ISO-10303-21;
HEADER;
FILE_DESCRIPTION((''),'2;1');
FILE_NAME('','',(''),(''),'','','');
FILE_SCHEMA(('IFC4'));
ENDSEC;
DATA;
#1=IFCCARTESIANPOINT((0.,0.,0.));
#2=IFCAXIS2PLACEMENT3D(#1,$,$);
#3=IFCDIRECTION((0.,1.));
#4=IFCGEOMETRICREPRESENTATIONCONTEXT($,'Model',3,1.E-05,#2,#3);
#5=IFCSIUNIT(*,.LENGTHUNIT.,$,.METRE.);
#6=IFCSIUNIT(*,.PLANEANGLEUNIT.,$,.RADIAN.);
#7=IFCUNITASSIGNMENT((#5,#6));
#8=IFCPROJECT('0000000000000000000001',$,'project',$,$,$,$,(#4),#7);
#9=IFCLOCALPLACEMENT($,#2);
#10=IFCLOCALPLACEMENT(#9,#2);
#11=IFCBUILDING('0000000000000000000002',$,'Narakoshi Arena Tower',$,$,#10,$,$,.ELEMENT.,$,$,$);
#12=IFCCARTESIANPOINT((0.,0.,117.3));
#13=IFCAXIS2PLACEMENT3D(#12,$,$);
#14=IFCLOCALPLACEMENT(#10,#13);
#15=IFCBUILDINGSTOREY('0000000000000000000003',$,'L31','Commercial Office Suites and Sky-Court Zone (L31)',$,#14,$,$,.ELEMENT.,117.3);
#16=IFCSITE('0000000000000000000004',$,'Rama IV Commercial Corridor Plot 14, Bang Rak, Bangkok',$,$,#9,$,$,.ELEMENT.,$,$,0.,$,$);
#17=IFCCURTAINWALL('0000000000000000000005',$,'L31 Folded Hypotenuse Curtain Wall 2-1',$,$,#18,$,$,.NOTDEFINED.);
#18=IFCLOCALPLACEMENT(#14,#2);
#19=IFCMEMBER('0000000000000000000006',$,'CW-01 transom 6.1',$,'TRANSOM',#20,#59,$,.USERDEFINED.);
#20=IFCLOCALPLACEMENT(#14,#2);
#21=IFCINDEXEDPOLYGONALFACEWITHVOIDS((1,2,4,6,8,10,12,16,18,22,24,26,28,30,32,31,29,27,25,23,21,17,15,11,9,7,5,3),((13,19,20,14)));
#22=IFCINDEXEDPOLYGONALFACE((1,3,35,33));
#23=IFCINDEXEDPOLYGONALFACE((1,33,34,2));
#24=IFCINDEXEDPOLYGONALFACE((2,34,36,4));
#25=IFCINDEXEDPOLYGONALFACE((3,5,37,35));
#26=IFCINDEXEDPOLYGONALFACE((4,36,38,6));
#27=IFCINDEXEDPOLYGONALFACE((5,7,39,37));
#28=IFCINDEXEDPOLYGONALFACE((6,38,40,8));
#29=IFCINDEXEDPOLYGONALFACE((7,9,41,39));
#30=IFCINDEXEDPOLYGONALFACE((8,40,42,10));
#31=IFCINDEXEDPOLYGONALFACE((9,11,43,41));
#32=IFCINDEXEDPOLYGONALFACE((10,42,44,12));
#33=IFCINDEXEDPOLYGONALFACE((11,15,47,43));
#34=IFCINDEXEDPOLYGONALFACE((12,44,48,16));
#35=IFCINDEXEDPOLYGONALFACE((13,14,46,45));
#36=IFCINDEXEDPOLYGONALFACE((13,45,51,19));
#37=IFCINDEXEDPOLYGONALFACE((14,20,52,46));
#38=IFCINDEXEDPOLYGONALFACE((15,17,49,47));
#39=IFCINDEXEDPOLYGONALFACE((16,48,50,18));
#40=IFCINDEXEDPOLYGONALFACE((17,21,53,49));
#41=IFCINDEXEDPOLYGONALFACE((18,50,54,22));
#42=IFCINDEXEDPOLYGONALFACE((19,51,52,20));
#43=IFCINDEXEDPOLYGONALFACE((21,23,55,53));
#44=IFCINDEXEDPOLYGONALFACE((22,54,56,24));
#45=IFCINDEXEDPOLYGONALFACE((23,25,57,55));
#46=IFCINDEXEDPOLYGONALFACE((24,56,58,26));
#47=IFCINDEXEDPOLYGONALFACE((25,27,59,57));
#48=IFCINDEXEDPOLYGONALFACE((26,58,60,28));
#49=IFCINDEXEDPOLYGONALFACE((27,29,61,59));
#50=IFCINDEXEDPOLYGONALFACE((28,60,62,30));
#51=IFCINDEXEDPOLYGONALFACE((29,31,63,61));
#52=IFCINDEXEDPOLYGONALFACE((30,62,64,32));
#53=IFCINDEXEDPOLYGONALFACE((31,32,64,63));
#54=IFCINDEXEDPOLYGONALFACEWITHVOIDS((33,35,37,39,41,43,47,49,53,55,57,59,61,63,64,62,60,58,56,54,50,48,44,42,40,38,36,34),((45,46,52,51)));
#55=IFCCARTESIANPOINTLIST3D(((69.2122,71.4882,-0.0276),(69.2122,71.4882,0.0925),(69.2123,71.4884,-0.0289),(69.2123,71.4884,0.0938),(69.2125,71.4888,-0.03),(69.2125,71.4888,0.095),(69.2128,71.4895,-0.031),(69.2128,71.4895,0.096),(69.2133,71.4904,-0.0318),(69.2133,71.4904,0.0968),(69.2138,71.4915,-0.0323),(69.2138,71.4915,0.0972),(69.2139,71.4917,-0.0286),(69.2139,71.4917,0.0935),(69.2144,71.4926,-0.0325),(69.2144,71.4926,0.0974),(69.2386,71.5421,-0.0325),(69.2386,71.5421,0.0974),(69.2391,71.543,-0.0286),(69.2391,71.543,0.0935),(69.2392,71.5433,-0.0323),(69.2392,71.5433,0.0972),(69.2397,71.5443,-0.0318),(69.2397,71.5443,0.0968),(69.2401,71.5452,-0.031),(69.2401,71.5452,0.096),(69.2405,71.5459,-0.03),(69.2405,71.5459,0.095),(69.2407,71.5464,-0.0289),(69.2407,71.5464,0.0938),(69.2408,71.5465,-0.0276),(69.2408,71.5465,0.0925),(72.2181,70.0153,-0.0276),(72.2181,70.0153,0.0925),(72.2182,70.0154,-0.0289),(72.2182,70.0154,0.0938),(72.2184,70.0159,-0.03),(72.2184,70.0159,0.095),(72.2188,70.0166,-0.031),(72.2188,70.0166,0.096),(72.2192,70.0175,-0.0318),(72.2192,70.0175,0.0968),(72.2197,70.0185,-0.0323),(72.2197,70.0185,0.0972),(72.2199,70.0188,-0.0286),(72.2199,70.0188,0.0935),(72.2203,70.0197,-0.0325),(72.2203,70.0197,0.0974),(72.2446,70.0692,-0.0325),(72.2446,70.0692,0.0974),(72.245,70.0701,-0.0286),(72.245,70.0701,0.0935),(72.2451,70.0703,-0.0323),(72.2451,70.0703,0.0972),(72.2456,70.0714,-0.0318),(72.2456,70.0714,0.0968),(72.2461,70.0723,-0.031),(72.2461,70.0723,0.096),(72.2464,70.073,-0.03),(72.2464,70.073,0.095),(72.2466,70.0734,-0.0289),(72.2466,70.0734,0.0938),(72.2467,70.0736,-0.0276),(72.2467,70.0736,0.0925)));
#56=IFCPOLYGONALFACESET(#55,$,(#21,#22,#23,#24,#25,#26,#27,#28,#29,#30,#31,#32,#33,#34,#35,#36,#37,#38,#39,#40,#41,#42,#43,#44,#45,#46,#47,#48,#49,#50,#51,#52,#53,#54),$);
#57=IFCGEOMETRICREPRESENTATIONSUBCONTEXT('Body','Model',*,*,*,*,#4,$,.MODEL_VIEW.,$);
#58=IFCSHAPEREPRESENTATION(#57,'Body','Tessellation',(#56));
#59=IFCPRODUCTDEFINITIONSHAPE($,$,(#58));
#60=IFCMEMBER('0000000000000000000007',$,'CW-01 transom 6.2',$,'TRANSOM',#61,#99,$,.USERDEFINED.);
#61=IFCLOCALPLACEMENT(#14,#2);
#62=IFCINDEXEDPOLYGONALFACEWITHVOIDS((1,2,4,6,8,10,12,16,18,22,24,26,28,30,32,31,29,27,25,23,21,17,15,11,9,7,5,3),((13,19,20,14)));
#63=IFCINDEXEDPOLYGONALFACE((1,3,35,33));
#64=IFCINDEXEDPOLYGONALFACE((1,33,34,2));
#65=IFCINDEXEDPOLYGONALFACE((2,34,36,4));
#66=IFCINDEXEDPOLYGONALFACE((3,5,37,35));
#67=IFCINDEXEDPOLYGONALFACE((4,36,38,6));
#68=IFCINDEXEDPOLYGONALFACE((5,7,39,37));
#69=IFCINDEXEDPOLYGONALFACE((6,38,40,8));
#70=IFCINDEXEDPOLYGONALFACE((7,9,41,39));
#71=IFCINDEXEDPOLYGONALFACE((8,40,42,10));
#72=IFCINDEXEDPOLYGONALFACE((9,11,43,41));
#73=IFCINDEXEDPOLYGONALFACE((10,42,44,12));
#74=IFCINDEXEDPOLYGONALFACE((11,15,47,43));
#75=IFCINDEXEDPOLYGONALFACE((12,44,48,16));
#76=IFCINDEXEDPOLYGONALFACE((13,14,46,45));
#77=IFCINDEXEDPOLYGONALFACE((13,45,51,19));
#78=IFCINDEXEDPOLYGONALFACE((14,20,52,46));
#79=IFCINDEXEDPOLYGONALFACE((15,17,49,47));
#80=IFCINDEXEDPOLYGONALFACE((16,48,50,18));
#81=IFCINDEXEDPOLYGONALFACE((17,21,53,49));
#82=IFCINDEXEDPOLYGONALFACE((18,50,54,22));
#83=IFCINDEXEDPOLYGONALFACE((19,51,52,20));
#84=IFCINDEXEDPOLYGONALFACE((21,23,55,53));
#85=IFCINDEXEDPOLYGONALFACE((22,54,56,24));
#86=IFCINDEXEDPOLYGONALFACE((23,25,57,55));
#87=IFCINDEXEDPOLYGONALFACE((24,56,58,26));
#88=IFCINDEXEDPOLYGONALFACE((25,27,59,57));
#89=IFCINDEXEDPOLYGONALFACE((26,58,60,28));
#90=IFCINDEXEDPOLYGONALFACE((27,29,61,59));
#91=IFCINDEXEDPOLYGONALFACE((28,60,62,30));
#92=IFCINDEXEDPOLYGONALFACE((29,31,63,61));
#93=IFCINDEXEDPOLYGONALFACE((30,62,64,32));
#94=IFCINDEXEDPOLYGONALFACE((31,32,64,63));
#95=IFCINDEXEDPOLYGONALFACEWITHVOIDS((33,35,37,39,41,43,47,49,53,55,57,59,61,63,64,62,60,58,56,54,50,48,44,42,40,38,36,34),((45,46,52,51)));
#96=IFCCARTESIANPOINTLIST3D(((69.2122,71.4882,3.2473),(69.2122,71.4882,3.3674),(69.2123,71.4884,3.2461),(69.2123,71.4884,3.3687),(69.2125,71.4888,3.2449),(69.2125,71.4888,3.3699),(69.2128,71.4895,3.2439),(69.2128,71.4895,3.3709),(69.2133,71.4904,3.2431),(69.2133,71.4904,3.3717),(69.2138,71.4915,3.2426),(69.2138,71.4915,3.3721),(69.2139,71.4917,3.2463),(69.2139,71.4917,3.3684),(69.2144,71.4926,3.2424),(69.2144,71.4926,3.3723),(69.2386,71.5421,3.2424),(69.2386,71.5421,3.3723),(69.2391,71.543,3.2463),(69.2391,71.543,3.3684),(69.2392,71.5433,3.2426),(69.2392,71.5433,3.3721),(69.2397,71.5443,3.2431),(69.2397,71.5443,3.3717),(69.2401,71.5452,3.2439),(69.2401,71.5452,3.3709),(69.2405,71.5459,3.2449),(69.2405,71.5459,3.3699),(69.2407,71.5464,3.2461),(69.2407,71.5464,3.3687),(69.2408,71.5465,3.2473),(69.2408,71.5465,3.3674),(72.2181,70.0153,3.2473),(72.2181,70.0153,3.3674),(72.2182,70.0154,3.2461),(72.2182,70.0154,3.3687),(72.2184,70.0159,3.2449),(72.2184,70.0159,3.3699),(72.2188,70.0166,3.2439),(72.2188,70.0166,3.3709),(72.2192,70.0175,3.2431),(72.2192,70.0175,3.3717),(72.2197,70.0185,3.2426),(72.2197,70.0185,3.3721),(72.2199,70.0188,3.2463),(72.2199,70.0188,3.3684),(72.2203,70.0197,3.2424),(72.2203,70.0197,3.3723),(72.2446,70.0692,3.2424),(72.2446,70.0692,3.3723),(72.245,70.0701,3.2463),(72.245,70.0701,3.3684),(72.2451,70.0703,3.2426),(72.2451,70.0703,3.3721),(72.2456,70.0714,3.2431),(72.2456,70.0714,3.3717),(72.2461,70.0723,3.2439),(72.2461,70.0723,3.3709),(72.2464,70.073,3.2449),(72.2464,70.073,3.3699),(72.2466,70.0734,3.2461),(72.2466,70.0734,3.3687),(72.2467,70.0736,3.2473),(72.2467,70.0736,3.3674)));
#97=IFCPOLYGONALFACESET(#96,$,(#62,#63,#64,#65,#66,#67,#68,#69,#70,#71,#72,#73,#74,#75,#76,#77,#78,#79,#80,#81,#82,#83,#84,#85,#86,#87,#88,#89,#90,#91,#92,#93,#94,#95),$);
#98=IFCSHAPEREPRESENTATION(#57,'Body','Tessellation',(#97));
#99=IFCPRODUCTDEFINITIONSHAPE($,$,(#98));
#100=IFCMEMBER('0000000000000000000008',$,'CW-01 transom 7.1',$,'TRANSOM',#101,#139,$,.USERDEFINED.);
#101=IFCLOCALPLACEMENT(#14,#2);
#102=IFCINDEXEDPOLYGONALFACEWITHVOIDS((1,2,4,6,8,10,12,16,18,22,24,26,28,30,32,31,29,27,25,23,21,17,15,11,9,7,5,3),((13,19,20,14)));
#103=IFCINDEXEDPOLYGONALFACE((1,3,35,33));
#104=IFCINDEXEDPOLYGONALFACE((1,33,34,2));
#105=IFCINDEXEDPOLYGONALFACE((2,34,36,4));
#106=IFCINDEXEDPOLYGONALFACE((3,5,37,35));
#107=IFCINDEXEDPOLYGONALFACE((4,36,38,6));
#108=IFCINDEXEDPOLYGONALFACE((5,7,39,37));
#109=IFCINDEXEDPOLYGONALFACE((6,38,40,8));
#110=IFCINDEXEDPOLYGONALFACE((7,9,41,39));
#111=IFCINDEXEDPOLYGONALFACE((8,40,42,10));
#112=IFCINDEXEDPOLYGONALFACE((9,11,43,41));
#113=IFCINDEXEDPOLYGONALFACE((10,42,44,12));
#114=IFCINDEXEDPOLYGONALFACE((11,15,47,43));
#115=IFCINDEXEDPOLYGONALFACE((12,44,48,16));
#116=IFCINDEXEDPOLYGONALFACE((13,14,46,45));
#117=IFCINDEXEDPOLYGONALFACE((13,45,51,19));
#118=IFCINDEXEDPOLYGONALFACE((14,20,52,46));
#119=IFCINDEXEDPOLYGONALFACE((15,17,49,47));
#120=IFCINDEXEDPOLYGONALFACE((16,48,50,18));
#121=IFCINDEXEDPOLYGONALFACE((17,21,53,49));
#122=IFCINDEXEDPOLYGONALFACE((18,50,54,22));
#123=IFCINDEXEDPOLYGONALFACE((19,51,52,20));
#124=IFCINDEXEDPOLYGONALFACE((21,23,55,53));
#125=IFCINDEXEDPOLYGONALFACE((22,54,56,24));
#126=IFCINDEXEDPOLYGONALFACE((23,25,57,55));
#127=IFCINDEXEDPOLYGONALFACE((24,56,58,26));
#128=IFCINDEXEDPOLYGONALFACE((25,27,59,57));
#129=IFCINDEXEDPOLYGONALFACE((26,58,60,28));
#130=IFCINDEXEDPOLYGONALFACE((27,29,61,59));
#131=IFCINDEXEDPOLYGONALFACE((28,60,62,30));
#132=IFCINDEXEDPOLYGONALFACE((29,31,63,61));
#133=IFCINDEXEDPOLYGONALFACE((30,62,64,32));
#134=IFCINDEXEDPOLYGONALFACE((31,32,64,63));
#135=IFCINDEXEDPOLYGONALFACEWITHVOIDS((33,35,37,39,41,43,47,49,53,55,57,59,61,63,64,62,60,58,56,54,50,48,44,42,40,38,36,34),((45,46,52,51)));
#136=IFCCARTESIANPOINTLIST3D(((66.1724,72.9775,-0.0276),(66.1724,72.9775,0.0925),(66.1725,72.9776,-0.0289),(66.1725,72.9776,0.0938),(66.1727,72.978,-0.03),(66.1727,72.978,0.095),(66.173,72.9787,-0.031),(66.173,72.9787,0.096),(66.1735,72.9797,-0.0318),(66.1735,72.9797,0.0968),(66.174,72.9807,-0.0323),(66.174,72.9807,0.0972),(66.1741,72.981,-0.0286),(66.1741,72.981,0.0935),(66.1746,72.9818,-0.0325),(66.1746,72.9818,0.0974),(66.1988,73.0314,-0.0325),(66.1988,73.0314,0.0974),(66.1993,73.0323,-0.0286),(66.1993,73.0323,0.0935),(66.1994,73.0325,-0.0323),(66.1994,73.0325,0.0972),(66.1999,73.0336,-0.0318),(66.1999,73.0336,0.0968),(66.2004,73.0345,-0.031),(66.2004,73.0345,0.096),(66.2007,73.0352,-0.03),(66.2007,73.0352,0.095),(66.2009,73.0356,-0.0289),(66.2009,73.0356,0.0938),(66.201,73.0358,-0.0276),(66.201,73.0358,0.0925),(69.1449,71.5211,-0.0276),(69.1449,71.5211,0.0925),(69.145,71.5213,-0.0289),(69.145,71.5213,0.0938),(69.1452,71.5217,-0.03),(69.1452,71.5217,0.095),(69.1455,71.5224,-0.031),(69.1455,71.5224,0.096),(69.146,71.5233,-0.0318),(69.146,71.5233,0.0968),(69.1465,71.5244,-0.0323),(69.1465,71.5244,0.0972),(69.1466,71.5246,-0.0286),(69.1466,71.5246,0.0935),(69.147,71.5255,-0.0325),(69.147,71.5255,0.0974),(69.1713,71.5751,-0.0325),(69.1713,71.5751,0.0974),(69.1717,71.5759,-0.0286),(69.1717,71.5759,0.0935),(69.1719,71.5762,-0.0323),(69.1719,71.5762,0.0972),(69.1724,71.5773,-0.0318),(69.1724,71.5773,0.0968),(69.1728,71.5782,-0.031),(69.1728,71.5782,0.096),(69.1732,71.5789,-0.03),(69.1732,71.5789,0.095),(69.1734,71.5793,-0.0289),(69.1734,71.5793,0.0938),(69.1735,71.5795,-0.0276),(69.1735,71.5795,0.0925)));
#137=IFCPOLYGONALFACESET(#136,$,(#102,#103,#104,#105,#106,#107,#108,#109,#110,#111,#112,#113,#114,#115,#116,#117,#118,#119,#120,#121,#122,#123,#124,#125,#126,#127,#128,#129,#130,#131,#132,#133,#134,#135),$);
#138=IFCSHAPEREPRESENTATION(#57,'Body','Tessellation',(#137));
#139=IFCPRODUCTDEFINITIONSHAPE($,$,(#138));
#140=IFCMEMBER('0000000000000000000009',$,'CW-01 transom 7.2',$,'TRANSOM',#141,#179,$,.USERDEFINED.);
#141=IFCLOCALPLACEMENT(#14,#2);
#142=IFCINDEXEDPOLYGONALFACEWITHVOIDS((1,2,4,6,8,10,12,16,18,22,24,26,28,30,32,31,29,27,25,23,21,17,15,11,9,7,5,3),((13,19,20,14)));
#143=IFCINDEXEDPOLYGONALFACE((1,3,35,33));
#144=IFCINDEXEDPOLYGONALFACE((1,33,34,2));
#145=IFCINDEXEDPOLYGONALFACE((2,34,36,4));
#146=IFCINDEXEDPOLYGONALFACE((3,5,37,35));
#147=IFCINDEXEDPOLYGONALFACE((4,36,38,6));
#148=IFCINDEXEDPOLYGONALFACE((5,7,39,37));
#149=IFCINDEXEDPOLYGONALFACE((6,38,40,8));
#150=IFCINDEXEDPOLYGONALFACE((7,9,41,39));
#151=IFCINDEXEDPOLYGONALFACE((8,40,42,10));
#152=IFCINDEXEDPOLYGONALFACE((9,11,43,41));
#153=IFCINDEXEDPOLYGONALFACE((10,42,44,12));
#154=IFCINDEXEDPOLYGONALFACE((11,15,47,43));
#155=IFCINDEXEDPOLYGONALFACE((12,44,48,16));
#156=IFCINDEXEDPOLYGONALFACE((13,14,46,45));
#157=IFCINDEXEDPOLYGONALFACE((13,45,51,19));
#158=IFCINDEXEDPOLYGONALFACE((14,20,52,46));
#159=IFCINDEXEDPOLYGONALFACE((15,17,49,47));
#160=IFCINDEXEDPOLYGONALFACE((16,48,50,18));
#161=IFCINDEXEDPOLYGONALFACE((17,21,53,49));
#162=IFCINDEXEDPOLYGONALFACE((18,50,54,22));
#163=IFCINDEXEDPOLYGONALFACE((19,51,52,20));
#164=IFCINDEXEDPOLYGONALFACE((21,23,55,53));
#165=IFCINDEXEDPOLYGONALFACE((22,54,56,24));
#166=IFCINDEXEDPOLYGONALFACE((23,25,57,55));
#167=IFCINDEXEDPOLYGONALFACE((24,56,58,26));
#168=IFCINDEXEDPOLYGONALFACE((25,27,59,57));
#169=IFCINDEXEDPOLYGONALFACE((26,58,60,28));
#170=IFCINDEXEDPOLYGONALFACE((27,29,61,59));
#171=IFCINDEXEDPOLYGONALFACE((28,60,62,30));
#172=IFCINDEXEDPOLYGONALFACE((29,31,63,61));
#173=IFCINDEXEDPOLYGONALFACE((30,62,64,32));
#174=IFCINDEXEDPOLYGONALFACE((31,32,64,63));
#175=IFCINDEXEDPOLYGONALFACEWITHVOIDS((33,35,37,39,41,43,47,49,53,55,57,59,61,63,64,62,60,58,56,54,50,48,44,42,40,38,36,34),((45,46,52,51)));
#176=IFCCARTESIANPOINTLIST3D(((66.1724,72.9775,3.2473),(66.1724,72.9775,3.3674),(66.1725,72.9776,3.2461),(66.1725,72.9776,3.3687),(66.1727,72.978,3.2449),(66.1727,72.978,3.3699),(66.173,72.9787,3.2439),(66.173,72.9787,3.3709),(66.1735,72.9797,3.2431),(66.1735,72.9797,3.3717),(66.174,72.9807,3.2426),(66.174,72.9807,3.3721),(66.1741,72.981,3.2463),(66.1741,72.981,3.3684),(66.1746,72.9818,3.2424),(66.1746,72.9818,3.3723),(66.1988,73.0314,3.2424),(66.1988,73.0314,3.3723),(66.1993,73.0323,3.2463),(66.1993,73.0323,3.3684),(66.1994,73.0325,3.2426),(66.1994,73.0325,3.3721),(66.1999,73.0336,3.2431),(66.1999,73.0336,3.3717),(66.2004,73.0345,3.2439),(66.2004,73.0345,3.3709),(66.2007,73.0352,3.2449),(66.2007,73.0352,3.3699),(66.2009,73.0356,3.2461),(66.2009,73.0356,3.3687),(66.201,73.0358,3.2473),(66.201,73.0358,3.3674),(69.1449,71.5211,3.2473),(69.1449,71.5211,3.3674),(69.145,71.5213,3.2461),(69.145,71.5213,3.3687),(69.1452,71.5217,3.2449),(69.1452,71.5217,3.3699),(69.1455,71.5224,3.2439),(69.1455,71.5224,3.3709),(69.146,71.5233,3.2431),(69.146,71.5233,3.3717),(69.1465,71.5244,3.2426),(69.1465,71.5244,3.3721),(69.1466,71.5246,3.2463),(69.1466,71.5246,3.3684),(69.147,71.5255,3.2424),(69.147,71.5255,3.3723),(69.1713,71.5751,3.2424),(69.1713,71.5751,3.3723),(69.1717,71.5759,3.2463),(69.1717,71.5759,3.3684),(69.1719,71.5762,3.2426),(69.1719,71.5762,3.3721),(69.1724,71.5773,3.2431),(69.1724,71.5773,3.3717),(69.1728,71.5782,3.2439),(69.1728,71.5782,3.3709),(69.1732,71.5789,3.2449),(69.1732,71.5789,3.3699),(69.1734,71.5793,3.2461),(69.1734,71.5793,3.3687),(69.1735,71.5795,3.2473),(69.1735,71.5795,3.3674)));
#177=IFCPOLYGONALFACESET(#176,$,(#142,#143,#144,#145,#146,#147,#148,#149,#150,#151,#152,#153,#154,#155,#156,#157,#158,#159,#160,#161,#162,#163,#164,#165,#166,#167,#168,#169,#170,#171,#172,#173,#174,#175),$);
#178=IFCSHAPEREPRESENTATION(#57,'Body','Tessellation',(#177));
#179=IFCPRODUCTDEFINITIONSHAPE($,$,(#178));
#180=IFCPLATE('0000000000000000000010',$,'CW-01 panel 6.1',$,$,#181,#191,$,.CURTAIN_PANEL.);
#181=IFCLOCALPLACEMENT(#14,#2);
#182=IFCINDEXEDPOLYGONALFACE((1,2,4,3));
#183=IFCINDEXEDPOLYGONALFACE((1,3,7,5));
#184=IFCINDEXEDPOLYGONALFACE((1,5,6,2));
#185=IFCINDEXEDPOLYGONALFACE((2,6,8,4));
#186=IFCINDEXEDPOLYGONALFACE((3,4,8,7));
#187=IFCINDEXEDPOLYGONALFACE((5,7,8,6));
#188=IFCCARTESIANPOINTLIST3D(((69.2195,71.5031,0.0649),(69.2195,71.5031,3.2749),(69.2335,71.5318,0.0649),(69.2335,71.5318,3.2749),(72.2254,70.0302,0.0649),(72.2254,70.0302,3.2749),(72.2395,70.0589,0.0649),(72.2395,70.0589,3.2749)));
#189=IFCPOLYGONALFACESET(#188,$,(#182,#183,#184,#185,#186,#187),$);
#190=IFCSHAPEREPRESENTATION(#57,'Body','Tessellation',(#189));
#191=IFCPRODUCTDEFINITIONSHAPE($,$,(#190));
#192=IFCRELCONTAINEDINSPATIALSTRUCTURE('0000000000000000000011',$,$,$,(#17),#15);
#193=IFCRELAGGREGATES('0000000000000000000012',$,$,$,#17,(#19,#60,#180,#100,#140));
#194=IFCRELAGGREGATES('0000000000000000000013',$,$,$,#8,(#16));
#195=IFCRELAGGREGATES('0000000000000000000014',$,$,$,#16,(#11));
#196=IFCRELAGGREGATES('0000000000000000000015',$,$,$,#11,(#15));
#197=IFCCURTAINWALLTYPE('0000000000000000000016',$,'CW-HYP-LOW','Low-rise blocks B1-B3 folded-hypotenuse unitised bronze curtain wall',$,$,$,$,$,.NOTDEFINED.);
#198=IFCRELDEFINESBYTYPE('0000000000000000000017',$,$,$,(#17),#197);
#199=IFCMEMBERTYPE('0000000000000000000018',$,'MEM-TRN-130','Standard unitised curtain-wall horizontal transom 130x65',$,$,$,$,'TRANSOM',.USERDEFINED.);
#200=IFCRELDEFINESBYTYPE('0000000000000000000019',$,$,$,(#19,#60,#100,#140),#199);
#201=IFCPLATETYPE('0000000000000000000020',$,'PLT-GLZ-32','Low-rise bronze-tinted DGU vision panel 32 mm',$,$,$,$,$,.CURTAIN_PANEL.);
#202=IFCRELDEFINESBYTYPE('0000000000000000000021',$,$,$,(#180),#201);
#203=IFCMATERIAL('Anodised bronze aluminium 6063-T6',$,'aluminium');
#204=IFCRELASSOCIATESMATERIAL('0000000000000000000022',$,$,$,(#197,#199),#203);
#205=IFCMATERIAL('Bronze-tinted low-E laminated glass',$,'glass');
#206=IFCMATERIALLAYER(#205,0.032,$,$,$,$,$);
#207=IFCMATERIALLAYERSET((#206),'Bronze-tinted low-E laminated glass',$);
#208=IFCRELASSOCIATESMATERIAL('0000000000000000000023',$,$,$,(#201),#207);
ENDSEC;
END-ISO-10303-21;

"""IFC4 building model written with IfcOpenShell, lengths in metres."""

from ifc_helpers import new_model, si_unit, direction, frame, origin, origin_2d, place, context, subcontext, project, spatial, rectangle, hollow_rectangle, extrude, material, layer, layer_set, material_profile, profile_set, type_object, element, aggregate, save


model = new_model("IFC4")

# Units and contexts
model_context = context("Model", 3, precision=1e-05, world=origin(), true_north=direction((0.0, 1.0)))
body_context = subcontext(model_context, "Body", "Model", "MODEL_VIEW")
ifc_project = project(units=[si_unit("LENGTHUNIT", "METRE"), si_unit("PLANEANGLEUNIT", "RADIAN")], contexts=[model_context])

# Site, building, storey
site_placement = place(None, origin())
site = spatial("IfcSite", under=ifc_project, at=site_placement, Name="Rama IV Commercial Corridor Plot 14, Bang Rak, Bangkok", CompositionType="ELEMENT", RefElevation=0.0)
building_placement = place(site_placement, origin())
building = spatial("IfcBuilding", under=site, at=building_placement, Name="Narakoshi Arena Tower", CompositionType="ELEMENT")
storey_placement = place(building_placement, frame((0.0, 0.0, 117.3)))
storey = spatial("IfcBuildingStorey", under=building, at=storey_placement, Name="L31", Description="Commercial Office Suites and Sky-Court Zone (L31)", CompositionType="ELEMENT", Elevation=117.3)

# Curtain wall, members, plate
ifc_material_1 = material(Name="Anodised bronze aluminium 6063-T6", Category="aluminium")
curtain_wall_type = type_object("IfcCurtainWallType", Name="CW-HYP-LOW", Description="Low-rise blocks B1-B3 folded-hypotenuse unitised bronze curtain wall", PredefinedType="NOTDEFINED", material=ifc_material_1)
curtain_wall_placement = place(storey_placement, origin())
curtain_wall = element("IfcCurtainWall", 1, at=curtain_wall_placement, inside=storey, type_object=curtain_wall_type, Name="L31 Folded Hypotenuse Curtain Wall 2-1", PredefinedType="NOTDEFINED")
ifc_material_profile_1 = material_profile(ifc_material_1, hollow_rectangle(XDim=0.0649, YDim=0.1299, WallThickness=0.0039, OuterFilletRadius=0.0049, at=origin_2d()), Name="TRN130x65x4")
ifc_profile_set_1 = profile_set([ifc_material_profile_1], Name="Anodised bronze aluminium 6063-T6")
member_type_1 = type_object("IfcMemberType", Name="MEM-TRN-130", Description="Standard unitised curtain-wall horizontal transom 130x65", ElementType="TRANSOM", PredefinedType="USERDEFINED", material=ifc_profile_set_1)
member_1_placement = place(storey_placement, frame((72.2324, 70.0444, 0.0325), z_axis=(-0.897987, 0.440022, 0.0), x_axis=(-0.440022, -0.897987, 0.0)))
member_1 = element("IfcMember", 2, at=member_1_placement, type_object=member_type_1, Name="CW-01 transom 6.1", ObjectType="TRANSOM", PredefinedType="USERDEFINED", context=body_context, shape_type="SweptSolid", body=[
    extrude(hollow_rectangle(XDim=0.0649, YDim=0.1299, WallThickness=0.0039, OuterFilletRadius=0.0049, at=origin_2d()), origin(), (0.0, 0.0, 1.0), 3.3474),
])
member_2_placement = place(storey_placement, frame((72.2324, 70.0444, 3.3074), z_axis=(-0.897987, 0.440022, 0.0), x_axis=(-0.440022, -0.897987, 0.0)))
member_2 = element("IfcMember", 3, at=member_2_placement, type_object=member_type_1, Name="CW-01 transom 6.2", ObjectType="TRANSOM", PredefinedType="USERDEFINED", context=body_context, shape_type="SweptSolid", body=[
    extrude(hollow_rectangle(XDim=0.0649, YDim=0.1299, WallThickness=0.0039, OuterFilletRadius=0.0049, at=origin_2d()), origin(), (0.0, 0.0, 1.0), 3.3474),
])
member_3_placement = place(storey_placement, frame((69.1592, 71.5503, 0.0325), z_axis=(-0.898012, 0.439971, 0.0), x_axis=(-0.439971, -0.898012, 0.0)))
member_3 = element("IfcMember", 4, at=member_3_placement, type_object=member_type_1, Name="CW-01 transom 7.1", ObjectType="TRANSOM", PredefinedType="USERDEFINED", context=body_context, shape_type="SweptSolid", body=[
    extrude(hollow_rectangle(XDim=0.0649, YDim=0.1299, WallThickness=0.0039, OuterFilletRadius=0.0049, at=origin_2d()), origin(), (0.0, 0.0, 1.0), 3.3101),
])
member_4_placement = place(storey_placement, frame((69.1592, 71.5503, 3.3074), z_axis=(-0.898012, 0.439971, 0.0), x_axis=(-0.439971, -0.898012, 0.0)))
member_4 = element("IfcMember", 5, at=member_4_placement, type_object=member_type_1, Name="CW-01 transom 7.2", ObjectType="TRANSOM", PredefinedType="USERDEFINED", context=body_context, shape_type="SweptSolid", body=[
    extrude(hollow_rectangle(XDim=0.0649, YDim=0.1299, WallThickness=0.0039, OuterFilletRadius=0.0049, at=origin_2d()), origin(), (0.0, 0.0, 1.0), 3.3101),
])
ifc_material_2 = material(Name="Bronze-tinted low-E laminated glass", Category="glass")
ifc_layer_1 = layer(ifc_material_2, 0.032)
ifc_layer_set_1 = layer_set([ifc_layer_1], Name="Bronze-tinted low-E laminated glass")
plate_type = type_object("IfcPlateType", Name="PLT-GLZ-32", Description="Low-rise bronze-tinted DGU vision panel 32 mm", PredefinedType="CURTAIN_PANEL", material=ifc_layer_set_1)
plate_1_placement = place(storey_placement, frame((70.7295, 70.781, 0.0649), z_axis=(0.0, 0.0, 1.0), x_axis=(-0.897996, 0.440005, 0.0)))
plate_1 = element("IfcPlate", 6, at=plate_1_placement, type_object=plate_type, Name="CW-01 panel 6.1", PredefinedType="CURTAIN_PANEL", context=body_context, shape_type="SweptSolid", body=[
    extrude(rectangle(XDim=3.3474, YDim=0.032, at=origin_2d()), origin(), (0.0, 0.0, 1.0), 3.21),
])
aggregate(curtain_wall, [member_1, member_2, plate_1, member_3, member_4])

save(model, "model.ifc")
